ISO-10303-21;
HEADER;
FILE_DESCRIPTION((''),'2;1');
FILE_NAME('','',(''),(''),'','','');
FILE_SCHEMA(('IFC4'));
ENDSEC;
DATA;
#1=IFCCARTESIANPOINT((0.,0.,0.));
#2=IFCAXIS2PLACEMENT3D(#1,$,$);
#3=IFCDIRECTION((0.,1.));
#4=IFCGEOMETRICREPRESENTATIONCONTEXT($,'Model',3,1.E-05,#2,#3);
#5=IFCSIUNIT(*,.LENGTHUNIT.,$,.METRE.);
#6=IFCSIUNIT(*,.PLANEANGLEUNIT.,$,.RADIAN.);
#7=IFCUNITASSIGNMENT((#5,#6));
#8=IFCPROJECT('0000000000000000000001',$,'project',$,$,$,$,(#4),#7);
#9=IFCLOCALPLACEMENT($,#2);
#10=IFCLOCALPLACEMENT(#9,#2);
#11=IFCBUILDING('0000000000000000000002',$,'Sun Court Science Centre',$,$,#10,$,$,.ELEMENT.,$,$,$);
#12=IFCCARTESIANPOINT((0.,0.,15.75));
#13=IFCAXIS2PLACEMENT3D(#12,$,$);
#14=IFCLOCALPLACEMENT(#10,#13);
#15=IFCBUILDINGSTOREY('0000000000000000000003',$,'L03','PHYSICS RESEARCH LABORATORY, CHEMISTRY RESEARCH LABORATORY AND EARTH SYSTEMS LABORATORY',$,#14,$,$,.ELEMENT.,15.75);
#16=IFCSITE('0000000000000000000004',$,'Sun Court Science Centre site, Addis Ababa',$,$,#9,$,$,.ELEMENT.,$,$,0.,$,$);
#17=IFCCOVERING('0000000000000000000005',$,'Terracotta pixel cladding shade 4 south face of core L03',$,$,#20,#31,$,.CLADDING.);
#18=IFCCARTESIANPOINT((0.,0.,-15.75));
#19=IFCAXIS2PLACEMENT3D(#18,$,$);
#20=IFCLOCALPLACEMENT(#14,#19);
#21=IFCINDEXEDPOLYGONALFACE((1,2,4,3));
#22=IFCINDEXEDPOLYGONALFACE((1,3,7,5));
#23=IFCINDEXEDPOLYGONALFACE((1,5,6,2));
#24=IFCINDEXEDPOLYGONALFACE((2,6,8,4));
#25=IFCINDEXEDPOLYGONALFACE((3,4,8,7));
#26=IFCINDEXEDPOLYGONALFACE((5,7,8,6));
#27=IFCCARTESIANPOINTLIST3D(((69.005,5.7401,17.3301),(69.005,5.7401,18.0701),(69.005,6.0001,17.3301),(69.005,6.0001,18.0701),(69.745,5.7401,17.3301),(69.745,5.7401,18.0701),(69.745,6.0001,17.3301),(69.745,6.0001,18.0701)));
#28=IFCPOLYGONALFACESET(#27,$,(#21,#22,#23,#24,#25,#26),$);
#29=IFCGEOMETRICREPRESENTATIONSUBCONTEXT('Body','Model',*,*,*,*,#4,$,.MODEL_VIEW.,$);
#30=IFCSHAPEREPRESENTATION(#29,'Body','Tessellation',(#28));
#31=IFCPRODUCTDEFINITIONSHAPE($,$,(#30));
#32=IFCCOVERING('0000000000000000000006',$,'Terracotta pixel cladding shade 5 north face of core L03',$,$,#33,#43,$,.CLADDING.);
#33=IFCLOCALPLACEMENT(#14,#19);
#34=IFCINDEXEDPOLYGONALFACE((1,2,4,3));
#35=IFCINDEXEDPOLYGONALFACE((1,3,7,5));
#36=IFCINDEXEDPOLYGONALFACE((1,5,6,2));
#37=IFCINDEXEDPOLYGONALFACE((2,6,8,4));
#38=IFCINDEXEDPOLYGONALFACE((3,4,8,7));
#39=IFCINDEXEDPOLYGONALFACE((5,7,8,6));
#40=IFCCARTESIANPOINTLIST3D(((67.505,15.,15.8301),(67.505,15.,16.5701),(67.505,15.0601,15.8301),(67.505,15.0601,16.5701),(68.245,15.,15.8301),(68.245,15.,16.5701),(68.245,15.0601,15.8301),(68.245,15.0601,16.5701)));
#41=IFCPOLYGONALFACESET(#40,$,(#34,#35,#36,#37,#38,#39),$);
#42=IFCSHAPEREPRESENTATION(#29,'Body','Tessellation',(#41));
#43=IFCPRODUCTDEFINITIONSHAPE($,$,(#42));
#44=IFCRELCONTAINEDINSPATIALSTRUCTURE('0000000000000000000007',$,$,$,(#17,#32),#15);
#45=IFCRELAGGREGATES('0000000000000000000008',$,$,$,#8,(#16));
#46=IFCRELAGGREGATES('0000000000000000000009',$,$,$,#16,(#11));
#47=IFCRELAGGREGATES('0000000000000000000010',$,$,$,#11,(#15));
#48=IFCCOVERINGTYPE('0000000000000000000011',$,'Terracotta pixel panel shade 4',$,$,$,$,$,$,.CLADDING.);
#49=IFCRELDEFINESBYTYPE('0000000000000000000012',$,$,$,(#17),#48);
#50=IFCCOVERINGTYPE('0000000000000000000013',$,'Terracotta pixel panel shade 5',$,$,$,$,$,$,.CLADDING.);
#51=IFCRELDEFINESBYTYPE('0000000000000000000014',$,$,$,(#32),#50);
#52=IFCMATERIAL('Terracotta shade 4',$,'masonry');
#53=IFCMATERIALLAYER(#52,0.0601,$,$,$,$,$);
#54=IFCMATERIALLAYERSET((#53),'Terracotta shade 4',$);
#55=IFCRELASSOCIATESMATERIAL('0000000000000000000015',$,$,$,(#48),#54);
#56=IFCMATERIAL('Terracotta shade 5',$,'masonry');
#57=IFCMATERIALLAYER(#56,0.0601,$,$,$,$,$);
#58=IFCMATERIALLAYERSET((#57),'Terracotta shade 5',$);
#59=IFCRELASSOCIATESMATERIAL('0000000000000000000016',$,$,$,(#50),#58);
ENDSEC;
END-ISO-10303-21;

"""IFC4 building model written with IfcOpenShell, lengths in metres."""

from ifc_helpers import new_model, si_unit, direction, frame, origin, origin_2d, place, context, subcontext, project, spatial, rectangle, extrude, material, layer, layer_set, type_object, element, save


model = new_model("IFC4")

# Units and contexts
model_context = context("Model", 3, precision=1e-05, world=origin(), true_north=direction((0.0, 1.0)))
body_context = subcontext(model_context, "Body", "Model", "MODEL_VIEW")
ifc_project = project(units=[si_unit("LENGTHUNIT", "METRE"), si_unit("PLANEANGLEUNIT", "RADIAN")], contexts=[model_context])

# Site, building, storey
site_placement = place(None, origin())
site = spatial("IfcSite", under=ifc_project, at=site_placement, Name="Sun Court Science Centre site, Addis Ababa", CompositionType="ELEMENT", RefElevation=0.0)
building_placement = place(site_placement, origin())
building = spatial("IfcBuilding", under=site, at=building_placement, Name="Sun Court Science Centre", CompositionType="ELEMENT")
storey_placement = place(building_placement, frame((0.0, 0.0, 15.75)))
storey = spatial("IfcBuildingStorey", under=building, at=storey_placement, Name="L03", Description="PHYSICS RESEARCH LABORATORY, CHEMISTRY RESEARCH LABORATORY AND EARTH SYSTEMS LABORATORY", CompositionType="ELEMENT", Elevation=15.75)

# Coverings
ifc_material_1 = material(Name="Terracotta shade 4", Category="masonry")
ifc_layer_1 = layer(ifc_material_1, 0.0601)
ifc_layer_set_1 = layer_set([ifc_layer_1], Name="Terracotta shade 4")
covering_type_1 = type_object("IfcCoveringType", Name="Terracotta pixel panel shade 4", PredefinedType="CLADDING", material=ifc_layer_set_1)
covering_1_placement = place(storey_placement, frame((0.0, 0.0, -15.75)))
element("IfcCovering", 1, at=covering_1_placement, inside=storey, type_object=covering_type_1, Name="Terracotta pixel cladding shade 4 south face of core L03", PredefinedType="CLADDING", context=body_context, shape_type="SweptSolid", body=[
    extrude(rectangle(XDim=0.74, YDim=0.26, at=origin_2d()), frame((69.375, 5.8701, 17.3301), z_axis=(0.0, 0.0, 1.0), x_axis=(-1.0, 0.0, 0.0)), (0.0, 0.0, 1.0), 0.74),
])
ifc_material_2 = material(Name="Terracotta shade 5", Category="masonry")
ifc_layer_2 = layer(ifc_material_2, 0.0601)
ifc_layer_set_2 = layer_set([ifc_layer_2], Name="Terracotta shade 5")
covering_type_2 = type_object("IfcCoveringType", Name="Terracotta pixel panel shade 5", PredefinedType="CLADDING", material=ifc_layer_set_2)
covering_2_placement = place(storey_placement, frame((0.0, 0.0, -15.75)))
element("IfcCovering", 2, at=covering_2_placement, inside=storey, type_object=covering_type_2, Name="Terracotta pixel cladding shade 5 north face of core L03", PredefinedType="CLADDING", context=body_context, shape_type="SweptSolid", body=[
    extrude(rectangle(XDim=0.74, YDim=0.0601, at=origin_2d()), frame((67.875, 15.03, 15.8301), z_axis=(0.0, 0.0, 1.0), x_axis=(1.0, 0.0, 0.0)), (0.0, 0.0, 1.0), 0.74),
])

save(model, "model.ifc")
